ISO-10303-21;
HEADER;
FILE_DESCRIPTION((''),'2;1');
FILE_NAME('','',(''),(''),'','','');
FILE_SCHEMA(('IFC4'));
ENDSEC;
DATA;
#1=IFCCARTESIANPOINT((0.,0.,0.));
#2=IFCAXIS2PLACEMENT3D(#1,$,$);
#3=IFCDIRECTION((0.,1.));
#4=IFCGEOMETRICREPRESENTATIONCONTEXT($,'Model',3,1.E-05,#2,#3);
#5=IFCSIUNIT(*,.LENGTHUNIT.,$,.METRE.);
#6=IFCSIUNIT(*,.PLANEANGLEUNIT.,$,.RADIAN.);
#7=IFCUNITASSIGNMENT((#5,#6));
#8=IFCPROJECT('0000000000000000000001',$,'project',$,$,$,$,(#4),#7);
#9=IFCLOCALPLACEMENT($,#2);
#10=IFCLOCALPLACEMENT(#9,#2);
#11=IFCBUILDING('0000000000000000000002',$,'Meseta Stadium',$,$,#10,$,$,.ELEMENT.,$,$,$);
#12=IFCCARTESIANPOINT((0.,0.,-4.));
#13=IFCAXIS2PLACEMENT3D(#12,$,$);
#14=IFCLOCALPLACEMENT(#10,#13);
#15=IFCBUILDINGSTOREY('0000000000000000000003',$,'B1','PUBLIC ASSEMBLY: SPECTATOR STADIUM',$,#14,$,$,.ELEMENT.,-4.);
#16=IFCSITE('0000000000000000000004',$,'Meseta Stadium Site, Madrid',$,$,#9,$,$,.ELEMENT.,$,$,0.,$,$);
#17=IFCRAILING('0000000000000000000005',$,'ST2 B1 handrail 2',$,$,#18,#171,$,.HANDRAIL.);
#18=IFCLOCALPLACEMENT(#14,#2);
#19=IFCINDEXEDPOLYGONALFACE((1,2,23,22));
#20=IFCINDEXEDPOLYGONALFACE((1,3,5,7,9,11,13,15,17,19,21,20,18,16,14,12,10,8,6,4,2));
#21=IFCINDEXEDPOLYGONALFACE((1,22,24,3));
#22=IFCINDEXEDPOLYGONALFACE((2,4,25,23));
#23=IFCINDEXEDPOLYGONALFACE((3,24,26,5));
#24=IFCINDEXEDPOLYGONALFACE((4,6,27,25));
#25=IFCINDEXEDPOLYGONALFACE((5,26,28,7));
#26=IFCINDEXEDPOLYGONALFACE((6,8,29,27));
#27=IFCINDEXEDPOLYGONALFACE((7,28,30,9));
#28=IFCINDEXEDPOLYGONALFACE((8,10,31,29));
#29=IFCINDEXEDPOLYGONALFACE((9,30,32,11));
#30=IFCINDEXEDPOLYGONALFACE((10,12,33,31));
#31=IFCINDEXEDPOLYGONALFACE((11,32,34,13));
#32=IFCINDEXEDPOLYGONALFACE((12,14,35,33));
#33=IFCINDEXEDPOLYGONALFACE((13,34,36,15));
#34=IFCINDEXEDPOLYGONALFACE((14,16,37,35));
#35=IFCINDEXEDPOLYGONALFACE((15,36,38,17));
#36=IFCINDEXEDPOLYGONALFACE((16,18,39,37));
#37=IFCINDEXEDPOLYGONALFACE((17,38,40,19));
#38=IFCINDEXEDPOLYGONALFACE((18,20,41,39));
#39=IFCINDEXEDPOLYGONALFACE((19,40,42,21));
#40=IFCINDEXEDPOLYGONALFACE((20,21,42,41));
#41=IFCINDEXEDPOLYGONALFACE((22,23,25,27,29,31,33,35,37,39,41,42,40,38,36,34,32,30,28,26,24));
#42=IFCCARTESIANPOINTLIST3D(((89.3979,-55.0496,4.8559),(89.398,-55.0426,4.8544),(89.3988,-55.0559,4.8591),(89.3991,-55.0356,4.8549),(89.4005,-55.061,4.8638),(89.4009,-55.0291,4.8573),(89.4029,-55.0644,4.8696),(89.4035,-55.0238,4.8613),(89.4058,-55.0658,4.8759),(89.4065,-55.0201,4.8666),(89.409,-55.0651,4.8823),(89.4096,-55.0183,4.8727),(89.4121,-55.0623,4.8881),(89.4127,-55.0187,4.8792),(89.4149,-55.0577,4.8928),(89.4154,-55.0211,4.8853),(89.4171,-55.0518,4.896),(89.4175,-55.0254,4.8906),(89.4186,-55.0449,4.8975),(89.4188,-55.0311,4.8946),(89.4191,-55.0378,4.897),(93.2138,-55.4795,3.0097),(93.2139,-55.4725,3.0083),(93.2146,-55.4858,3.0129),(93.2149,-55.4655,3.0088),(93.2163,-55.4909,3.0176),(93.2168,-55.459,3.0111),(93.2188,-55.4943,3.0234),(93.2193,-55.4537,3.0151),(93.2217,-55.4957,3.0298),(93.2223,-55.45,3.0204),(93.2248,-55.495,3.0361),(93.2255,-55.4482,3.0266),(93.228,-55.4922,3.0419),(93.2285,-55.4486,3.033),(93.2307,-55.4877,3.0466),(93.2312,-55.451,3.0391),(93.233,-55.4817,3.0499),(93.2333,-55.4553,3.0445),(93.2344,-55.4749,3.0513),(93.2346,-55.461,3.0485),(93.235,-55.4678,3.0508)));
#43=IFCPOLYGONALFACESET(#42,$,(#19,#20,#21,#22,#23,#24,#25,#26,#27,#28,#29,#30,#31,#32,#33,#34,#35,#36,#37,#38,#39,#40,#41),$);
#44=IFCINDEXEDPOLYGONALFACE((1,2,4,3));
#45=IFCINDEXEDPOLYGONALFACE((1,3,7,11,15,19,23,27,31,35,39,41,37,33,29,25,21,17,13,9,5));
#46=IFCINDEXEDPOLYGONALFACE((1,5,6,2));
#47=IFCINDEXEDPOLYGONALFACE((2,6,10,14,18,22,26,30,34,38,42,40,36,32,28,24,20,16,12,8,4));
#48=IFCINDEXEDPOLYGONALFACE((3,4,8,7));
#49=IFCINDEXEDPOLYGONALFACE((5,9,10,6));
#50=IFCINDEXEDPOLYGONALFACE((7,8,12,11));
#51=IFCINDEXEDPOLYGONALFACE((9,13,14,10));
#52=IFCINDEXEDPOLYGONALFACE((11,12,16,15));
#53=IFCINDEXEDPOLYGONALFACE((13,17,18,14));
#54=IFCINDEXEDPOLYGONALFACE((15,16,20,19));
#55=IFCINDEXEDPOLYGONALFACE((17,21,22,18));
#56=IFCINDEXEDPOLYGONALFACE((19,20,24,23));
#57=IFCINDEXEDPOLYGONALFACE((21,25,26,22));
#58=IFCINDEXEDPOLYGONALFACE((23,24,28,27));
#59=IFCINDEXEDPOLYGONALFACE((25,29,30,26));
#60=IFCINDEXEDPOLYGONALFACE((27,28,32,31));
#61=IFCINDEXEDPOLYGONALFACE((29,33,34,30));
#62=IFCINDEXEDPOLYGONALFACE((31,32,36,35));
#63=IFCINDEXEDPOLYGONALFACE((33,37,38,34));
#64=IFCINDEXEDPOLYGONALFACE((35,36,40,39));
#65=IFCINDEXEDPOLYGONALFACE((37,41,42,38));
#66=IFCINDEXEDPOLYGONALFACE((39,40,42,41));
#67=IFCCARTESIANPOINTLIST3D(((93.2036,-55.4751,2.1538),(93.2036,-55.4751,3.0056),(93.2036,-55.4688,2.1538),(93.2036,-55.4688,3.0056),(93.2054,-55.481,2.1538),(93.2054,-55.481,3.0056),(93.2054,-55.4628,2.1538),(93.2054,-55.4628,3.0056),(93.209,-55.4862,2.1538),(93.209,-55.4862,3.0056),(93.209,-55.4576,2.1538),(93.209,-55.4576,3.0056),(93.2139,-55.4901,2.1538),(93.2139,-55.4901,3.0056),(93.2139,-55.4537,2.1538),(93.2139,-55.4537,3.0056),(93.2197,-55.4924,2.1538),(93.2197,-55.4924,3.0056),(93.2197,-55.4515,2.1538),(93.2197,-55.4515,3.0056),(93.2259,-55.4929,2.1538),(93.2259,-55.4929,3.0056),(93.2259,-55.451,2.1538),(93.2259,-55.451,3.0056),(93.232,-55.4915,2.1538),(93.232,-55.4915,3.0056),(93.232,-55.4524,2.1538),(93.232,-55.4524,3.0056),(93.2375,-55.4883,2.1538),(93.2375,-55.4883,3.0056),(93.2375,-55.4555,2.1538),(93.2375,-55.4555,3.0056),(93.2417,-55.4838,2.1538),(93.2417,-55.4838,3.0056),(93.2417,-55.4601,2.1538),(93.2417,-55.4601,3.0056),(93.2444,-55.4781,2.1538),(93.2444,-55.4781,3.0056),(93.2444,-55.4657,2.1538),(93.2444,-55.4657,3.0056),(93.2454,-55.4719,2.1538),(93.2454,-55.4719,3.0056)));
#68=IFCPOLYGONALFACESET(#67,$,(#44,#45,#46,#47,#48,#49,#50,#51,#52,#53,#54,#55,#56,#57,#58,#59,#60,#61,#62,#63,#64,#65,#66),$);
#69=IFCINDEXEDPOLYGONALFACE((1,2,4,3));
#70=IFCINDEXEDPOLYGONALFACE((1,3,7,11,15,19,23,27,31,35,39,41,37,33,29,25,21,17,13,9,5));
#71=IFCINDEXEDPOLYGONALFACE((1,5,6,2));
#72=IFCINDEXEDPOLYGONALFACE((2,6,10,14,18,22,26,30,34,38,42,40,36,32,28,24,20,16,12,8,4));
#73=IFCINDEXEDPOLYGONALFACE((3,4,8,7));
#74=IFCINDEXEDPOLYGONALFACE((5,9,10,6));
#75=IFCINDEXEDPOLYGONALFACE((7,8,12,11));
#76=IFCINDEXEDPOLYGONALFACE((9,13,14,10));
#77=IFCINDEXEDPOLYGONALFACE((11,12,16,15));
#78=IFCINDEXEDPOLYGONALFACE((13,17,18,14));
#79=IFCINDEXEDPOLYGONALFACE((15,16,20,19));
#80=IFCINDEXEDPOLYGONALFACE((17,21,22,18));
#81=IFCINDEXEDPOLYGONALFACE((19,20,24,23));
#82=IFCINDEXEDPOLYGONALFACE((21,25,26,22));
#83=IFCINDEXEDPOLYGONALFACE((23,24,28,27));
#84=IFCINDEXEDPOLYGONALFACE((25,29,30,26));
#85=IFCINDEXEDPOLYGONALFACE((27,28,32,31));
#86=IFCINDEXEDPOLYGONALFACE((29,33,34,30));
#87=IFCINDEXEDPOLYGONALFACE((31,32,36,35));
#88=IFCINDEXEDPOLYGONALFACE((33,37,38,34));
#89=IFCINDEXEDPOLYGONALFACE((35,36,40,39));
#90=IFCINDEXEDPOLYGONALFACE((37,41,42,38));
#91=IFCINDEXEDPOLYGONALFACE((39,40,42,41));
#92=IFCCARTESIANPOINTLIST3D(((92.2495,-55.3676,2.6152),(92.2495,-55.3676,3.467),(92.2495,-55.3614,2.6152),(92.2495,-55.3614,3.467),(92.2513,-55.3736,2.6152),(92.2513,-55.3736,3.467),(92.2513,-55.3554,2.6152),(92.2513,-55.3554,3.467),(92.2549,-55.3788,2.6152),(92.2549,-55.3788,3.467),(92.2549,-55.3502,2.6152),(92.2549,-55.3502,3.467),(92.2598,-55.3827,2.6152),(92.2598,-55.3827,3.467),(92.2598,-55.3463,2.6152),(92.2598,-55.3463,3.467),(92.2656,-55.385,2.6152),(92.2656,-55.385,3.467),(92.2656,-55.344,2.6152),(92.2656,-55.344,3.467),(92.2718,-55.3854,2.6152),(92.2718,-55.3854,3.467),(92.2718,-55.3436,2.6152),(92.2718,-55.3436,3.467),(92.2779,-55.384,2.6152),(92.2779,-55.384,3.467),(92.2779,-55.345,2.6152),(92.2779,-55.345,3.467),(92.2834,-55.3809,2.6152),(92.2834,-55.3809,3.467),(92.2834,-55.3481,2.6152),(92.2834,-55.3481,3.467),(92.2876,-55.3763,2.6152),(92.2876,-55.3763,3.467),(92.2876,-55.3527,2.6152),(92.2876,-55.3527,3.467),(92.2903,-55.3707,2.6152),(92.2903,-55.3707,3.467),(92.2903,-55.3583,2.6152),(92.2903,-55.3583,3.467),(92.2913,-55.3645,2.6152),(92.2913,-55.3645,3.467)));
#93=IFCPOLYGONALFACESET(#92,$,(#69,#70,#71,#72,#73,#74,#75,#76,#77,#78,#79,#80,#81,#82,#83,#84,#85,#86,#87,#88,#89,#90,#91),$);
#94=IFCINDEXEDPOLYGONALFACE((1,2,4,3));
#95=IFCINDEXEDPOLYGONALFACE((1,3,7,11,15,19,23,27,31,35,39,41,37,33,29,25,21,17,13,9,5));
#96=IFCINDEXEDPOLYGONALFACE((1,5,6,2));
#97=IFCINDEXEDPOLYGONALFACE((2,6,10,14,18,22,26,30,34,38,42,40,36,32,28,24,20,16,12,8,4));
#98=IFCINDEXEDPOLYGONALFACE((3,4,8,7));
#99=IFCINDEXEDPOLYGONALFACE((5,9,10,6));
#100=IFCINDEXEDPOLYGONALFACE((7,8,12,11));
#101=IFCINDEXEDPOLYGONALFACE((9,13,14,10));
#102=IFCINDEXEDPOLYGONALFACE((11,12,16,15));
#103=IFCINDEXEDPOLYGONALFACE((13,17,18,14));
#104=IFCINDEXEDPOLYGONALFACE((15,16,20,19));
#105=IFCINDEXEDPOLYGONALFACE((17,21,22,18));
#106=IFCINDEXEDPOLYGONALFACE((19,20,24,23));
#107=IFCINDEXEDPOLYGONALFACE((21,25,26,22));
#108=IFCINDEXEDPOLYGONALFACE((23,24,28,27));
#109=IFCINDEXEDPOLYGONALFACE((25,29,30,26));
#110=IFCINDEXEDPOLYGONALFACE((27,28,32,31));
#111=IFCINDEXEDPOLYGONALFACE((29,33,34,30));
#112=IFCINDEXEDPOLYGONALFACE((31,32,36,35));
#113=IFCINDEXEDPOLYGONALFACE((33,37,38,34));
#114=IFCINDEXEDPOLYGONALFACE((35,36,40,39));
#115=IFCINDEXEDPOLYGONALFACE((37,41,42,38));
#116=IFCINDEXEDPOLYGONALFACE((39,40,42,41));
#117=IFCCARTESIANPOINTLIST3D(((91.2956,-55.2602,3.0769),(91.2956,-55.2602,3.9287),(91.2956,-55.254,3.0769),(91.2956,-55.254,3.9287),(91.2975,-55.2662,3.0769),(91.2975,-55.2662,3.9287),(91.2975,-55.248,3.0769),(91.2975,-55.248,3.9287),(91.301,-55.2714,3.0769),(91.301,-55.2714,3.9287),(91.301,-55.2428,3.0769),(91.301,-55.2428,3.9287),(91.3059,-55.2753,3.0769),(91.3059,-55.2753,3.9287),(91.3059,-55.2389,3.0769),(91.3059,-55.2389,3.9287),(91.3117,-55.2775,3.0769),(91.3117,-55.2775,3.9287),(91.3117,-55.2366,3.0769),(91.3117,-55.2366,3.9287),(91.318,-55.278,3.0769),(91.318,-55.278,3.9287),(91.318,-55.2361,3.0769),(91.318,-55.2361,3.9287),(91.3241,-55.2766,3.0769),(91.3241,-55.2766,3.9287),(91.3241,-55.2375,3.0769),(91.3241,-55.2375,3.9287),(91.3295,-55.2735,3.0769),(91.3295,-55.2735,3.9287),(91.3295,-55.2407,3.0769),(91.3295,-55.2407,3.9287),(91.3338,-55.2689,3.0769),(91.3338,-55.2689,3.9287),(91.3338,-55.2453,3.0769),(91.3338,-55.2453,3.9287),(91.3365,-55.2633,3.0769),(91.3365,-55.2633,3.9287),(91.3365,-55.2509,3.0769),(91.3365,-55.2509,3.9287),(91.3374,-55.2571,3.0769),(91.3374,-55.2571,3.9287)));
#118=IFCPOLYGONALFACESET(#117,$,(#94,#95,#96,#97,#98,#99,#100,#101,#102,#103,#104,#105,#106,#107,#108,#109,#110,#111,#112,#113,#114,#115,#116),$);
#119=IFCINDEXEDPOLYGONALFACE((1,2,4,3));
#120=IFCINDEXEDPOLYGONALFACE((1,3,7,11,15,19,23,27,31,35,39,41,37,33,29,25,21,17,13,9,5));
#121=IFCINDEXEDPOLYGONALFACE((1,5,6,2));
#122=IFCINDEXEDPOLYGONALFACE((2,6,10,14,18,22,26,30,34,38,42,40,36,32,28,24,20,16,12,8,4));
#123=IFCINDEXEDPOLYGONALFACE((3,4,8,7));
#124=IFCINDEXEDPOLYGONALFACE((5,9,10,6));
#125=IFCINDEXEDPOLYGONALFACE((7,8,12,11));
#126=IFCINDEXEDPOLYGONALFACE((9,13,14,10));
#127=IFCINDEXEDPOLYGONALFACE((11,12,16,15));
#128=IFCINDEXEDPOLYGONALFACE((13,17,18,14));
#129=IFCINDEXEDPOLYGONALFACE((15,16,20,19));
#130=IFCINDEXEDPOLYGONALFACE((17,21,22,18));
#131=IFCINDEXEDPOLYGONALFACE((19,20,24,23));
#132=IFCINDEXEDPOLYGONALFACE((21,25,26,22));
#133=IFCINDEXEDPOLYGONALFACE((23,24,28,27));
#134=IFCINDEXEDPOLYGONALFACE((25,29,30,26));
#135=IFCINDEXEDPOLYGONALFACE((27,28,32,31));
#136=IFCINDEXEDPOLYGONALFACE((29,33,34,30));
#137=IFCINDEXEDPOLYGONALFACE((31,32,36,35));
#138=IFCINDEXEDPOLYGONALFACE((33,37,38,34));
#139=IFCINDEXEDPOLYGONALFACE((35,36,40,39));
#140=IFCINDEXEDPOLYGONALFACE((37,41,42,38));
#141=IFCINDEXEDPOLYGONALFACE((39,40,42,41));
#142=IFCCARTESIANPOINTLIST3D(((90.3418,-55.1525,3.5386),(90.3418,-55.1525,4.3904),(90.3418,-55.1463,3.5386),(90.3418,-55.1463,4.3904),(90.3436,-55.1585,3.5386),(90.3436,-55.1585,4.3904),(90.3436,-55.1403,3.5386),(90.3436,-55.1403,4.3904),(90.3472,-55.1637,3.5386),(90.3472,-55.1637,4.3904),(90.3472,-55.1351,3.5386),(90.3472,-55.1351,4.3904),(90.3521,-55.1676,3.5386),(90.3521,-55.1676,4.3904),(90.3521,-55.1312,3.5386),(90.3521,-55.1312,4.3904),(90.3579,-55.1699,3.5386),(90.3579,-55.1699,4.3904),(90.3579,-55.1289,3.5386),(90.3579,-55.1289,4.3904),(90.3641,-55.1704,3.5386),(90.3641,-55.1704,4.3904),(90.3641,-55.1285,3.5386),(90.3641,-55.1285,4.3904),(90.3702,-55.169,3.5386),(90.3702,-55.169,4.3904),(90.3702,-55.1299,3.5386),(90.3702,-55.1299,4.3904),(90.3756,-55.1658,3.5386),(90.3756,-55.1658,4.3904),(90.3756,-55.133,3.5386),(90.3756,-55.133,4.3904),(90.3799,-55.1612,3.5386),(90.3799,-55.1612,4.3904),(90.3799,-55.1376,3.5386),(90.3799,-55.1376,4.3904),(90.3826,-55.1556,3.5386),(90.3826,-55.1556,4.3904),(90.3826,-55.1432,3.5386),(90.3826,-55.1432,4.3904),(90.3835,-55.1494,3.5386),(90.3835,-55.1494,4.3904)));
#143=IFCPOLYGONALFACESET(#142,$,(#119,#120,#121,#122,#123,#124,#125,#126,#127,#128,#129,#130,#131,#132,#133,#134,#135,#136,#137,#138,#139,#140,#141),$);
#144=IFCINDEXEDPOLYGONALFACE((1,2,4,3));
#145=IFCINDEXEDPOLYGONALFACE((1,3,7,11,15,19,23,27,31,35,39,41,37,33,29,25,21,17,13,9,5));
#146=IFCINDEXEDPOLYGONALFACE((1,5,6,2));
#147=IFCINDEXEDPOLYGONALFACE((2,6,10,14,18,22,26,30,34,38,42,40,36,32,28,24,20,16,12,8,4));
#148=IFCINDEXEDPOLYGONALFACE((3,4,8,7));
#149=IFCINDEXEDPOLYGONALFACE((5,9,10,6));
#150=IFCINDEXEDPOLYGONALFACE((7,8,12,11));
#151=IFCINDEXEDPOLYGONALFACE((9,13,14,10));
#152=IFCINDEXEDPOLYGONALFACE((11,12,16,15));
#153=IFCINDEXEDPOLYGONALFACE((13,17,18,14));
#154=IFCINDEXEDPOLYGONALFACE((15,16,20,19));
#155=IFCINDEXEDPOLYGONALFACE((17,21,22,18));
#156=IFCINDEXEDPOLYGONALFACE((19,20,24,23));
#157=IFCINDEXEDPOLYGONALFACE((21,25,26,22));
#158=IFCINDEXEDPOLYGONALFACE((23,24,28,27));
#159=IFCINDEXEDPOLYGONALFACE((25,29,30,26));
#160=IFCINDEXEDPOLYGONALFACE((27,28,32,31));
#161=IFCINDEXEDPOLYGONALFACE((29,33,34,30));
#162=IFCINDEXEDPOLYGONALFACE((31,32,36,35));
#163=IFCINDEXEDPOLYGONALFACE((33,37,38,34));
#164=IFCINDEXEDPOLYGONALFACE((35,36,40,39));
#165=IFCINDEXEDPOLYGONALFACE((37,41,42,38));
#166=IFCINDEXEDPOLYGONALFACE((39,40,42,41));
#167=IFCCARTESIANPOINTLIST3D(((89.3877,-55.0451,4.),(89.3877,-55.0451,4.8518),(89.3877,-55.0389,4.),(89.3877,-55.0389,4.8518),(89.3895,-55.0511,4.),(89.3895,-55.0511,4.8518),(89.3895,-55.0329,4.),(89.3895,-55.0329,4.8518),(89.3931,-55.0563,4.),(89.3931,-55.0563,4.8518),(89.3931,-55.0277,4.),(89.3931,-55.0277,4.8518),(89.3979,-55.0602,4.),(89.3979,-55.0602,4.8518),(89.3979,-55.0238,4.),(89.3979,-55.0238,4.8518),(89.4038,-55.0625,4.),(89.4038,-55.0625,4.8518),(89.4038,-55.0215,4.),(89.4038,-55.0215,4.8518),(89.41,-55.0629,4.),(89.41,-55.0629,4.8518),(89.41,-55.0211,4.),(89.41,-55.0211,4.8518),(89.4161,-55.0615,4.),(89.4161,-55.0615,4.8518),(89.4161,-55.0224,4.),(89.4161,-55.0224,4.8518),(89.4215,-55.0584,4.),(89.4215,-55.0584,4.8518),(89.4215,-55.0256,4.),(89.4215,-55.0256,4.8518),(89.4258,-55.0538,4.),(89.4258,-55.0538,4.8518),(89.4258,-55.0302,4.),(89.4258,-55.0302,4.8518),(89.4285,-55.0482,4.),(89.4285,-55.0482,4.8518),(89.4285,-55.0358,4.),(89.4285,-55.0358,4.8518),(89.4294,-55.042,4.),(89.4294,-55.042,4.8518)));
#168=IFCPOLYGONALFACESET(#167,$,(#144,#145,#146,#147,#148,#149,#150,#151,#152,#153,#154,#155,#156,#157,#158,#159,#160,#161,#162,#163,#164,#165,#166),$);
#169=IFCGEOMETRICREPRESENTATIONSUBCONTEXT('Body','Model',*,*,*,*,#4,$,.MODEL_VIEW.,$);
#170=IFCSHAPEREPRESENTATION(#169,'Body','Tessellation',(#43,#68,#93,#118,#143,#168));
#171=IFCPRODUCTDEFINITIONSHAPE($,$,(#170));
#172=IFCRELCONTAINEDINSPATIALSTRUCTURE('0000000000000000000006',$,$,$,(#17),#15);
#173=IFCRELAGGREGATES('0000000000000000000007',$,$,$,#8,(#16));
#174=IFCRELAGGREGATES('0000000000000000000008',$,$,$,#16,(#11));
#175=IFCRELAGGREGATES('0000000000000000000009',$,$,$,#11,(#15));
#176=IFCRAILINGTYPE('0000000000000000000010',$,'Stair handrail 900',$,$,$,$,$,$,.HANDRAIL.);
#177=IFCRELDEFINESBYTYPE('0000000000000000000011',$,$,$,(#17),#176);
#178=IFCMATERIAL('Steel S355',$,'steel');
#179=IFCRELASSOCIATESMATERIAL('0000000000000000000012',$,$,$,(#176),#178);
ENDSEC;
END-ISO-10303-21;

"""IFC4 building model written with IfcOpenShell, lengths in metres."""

from ifc_helpers import new_model, si_unit, direction, frame, origin, origin_2d, place, context, subcontext, project, spatial, circle, extrude, material, type_object, element, save


model = new_model("IFC4")

# Units and contexts
model_context = context("Model", 3, precision=1e-05, world=origin(), true_north=direction((0.0, 1.0)))
body_context = subcontext(model_context, "Body", "Model", "MODEL_VIEW")
ifc_project = project(units=[si_unit("LENGTHUNIT", "METRE"), si_unit("PLANEANGLEUNIT", "RADIAN")], contexts=[model_context])

# Site, building, storey
site_placement = place(None, origin())
site = spatial("IfcSite", under=ifc_project, at=site_placement, Name="Meseta Stadium Site, Madrid", CompositionType="ELEMENT", RefElevation=0.0)
building_placement = place(site_placement, origin())
building = spatial("IfcBuilding", under=site, at=building_placement, Name="Meseta Stadium", CompositionType="ELEMENT")
storey_placement = place(building_placement, frame((0.0, 0.0, -4.0)))
storey = spatial("IfcBuildingStorey", under=building, at=storey_placement, Name="B1", Description="PUBLIC ASSEMBLY: SPECTATOR STADIUM", CompositionType="ELEMENT", Elevation=-4.0)

# Railing
ifc_material_1 = material(Name="Steel S355", Category="steel")
railing_type_1 = type_object("IfcRailingType", Name="Stair handrail 900", PredefinedType="HANDRAIL", material=ifc_material_1)
for number, where, name in (
    (1, (93.2244, -55.4719, 2.1538), "ST2 B1 handrail 2"),
):
    element("IfcRailing", number, at=place(storey_placement, frame(where)), inside=storey, type_object=railing_type_1, Name=name, PredefinedType="HANDRAIL", context=body_context, shape_type="SweptSolid", body=[
        extrude(circle(Radius=0.0239, at=origin_2d()), frame((0.0, 0.0, 0.876), z_axis=(-0.895585, 0.100904, 0.433296), x_axis=(-0.11196, -0.993713, 0.0)), (0.0, 0.0, 1.0), 4.2607),
        extrude(circle(Radius=0.021, at=origin_2d()), origin(), (0.0, 0.0, 1.0), 0.8518),
        extrude(circle(Radius=0.021, at=origin_2d()), frame((-0.9541, 0.1074, 0.4614)), (0.0, 0.0, 1.0), 0.8518),
        extrude(circle(Radius=0.021, at=origin_2d()), frame((-1.908, 0.2148, 0.9231)), (0.0, 0.0, 1.0), 0.8518),
        extrude(circle(Radius=0.021, at=origin_2d()), frame((-2.8618, 0.3225, 1.3848)), (0.0, 0.0, 1.0), 0.8518),
        extrude(circle(Radius=0.021, at=origin_2d()), frame((-3.8159, 0.4299, 1.8462)), (0.0, 0.0, 1.0), 0.8518),
    ])

save(model, "model.ifc")
